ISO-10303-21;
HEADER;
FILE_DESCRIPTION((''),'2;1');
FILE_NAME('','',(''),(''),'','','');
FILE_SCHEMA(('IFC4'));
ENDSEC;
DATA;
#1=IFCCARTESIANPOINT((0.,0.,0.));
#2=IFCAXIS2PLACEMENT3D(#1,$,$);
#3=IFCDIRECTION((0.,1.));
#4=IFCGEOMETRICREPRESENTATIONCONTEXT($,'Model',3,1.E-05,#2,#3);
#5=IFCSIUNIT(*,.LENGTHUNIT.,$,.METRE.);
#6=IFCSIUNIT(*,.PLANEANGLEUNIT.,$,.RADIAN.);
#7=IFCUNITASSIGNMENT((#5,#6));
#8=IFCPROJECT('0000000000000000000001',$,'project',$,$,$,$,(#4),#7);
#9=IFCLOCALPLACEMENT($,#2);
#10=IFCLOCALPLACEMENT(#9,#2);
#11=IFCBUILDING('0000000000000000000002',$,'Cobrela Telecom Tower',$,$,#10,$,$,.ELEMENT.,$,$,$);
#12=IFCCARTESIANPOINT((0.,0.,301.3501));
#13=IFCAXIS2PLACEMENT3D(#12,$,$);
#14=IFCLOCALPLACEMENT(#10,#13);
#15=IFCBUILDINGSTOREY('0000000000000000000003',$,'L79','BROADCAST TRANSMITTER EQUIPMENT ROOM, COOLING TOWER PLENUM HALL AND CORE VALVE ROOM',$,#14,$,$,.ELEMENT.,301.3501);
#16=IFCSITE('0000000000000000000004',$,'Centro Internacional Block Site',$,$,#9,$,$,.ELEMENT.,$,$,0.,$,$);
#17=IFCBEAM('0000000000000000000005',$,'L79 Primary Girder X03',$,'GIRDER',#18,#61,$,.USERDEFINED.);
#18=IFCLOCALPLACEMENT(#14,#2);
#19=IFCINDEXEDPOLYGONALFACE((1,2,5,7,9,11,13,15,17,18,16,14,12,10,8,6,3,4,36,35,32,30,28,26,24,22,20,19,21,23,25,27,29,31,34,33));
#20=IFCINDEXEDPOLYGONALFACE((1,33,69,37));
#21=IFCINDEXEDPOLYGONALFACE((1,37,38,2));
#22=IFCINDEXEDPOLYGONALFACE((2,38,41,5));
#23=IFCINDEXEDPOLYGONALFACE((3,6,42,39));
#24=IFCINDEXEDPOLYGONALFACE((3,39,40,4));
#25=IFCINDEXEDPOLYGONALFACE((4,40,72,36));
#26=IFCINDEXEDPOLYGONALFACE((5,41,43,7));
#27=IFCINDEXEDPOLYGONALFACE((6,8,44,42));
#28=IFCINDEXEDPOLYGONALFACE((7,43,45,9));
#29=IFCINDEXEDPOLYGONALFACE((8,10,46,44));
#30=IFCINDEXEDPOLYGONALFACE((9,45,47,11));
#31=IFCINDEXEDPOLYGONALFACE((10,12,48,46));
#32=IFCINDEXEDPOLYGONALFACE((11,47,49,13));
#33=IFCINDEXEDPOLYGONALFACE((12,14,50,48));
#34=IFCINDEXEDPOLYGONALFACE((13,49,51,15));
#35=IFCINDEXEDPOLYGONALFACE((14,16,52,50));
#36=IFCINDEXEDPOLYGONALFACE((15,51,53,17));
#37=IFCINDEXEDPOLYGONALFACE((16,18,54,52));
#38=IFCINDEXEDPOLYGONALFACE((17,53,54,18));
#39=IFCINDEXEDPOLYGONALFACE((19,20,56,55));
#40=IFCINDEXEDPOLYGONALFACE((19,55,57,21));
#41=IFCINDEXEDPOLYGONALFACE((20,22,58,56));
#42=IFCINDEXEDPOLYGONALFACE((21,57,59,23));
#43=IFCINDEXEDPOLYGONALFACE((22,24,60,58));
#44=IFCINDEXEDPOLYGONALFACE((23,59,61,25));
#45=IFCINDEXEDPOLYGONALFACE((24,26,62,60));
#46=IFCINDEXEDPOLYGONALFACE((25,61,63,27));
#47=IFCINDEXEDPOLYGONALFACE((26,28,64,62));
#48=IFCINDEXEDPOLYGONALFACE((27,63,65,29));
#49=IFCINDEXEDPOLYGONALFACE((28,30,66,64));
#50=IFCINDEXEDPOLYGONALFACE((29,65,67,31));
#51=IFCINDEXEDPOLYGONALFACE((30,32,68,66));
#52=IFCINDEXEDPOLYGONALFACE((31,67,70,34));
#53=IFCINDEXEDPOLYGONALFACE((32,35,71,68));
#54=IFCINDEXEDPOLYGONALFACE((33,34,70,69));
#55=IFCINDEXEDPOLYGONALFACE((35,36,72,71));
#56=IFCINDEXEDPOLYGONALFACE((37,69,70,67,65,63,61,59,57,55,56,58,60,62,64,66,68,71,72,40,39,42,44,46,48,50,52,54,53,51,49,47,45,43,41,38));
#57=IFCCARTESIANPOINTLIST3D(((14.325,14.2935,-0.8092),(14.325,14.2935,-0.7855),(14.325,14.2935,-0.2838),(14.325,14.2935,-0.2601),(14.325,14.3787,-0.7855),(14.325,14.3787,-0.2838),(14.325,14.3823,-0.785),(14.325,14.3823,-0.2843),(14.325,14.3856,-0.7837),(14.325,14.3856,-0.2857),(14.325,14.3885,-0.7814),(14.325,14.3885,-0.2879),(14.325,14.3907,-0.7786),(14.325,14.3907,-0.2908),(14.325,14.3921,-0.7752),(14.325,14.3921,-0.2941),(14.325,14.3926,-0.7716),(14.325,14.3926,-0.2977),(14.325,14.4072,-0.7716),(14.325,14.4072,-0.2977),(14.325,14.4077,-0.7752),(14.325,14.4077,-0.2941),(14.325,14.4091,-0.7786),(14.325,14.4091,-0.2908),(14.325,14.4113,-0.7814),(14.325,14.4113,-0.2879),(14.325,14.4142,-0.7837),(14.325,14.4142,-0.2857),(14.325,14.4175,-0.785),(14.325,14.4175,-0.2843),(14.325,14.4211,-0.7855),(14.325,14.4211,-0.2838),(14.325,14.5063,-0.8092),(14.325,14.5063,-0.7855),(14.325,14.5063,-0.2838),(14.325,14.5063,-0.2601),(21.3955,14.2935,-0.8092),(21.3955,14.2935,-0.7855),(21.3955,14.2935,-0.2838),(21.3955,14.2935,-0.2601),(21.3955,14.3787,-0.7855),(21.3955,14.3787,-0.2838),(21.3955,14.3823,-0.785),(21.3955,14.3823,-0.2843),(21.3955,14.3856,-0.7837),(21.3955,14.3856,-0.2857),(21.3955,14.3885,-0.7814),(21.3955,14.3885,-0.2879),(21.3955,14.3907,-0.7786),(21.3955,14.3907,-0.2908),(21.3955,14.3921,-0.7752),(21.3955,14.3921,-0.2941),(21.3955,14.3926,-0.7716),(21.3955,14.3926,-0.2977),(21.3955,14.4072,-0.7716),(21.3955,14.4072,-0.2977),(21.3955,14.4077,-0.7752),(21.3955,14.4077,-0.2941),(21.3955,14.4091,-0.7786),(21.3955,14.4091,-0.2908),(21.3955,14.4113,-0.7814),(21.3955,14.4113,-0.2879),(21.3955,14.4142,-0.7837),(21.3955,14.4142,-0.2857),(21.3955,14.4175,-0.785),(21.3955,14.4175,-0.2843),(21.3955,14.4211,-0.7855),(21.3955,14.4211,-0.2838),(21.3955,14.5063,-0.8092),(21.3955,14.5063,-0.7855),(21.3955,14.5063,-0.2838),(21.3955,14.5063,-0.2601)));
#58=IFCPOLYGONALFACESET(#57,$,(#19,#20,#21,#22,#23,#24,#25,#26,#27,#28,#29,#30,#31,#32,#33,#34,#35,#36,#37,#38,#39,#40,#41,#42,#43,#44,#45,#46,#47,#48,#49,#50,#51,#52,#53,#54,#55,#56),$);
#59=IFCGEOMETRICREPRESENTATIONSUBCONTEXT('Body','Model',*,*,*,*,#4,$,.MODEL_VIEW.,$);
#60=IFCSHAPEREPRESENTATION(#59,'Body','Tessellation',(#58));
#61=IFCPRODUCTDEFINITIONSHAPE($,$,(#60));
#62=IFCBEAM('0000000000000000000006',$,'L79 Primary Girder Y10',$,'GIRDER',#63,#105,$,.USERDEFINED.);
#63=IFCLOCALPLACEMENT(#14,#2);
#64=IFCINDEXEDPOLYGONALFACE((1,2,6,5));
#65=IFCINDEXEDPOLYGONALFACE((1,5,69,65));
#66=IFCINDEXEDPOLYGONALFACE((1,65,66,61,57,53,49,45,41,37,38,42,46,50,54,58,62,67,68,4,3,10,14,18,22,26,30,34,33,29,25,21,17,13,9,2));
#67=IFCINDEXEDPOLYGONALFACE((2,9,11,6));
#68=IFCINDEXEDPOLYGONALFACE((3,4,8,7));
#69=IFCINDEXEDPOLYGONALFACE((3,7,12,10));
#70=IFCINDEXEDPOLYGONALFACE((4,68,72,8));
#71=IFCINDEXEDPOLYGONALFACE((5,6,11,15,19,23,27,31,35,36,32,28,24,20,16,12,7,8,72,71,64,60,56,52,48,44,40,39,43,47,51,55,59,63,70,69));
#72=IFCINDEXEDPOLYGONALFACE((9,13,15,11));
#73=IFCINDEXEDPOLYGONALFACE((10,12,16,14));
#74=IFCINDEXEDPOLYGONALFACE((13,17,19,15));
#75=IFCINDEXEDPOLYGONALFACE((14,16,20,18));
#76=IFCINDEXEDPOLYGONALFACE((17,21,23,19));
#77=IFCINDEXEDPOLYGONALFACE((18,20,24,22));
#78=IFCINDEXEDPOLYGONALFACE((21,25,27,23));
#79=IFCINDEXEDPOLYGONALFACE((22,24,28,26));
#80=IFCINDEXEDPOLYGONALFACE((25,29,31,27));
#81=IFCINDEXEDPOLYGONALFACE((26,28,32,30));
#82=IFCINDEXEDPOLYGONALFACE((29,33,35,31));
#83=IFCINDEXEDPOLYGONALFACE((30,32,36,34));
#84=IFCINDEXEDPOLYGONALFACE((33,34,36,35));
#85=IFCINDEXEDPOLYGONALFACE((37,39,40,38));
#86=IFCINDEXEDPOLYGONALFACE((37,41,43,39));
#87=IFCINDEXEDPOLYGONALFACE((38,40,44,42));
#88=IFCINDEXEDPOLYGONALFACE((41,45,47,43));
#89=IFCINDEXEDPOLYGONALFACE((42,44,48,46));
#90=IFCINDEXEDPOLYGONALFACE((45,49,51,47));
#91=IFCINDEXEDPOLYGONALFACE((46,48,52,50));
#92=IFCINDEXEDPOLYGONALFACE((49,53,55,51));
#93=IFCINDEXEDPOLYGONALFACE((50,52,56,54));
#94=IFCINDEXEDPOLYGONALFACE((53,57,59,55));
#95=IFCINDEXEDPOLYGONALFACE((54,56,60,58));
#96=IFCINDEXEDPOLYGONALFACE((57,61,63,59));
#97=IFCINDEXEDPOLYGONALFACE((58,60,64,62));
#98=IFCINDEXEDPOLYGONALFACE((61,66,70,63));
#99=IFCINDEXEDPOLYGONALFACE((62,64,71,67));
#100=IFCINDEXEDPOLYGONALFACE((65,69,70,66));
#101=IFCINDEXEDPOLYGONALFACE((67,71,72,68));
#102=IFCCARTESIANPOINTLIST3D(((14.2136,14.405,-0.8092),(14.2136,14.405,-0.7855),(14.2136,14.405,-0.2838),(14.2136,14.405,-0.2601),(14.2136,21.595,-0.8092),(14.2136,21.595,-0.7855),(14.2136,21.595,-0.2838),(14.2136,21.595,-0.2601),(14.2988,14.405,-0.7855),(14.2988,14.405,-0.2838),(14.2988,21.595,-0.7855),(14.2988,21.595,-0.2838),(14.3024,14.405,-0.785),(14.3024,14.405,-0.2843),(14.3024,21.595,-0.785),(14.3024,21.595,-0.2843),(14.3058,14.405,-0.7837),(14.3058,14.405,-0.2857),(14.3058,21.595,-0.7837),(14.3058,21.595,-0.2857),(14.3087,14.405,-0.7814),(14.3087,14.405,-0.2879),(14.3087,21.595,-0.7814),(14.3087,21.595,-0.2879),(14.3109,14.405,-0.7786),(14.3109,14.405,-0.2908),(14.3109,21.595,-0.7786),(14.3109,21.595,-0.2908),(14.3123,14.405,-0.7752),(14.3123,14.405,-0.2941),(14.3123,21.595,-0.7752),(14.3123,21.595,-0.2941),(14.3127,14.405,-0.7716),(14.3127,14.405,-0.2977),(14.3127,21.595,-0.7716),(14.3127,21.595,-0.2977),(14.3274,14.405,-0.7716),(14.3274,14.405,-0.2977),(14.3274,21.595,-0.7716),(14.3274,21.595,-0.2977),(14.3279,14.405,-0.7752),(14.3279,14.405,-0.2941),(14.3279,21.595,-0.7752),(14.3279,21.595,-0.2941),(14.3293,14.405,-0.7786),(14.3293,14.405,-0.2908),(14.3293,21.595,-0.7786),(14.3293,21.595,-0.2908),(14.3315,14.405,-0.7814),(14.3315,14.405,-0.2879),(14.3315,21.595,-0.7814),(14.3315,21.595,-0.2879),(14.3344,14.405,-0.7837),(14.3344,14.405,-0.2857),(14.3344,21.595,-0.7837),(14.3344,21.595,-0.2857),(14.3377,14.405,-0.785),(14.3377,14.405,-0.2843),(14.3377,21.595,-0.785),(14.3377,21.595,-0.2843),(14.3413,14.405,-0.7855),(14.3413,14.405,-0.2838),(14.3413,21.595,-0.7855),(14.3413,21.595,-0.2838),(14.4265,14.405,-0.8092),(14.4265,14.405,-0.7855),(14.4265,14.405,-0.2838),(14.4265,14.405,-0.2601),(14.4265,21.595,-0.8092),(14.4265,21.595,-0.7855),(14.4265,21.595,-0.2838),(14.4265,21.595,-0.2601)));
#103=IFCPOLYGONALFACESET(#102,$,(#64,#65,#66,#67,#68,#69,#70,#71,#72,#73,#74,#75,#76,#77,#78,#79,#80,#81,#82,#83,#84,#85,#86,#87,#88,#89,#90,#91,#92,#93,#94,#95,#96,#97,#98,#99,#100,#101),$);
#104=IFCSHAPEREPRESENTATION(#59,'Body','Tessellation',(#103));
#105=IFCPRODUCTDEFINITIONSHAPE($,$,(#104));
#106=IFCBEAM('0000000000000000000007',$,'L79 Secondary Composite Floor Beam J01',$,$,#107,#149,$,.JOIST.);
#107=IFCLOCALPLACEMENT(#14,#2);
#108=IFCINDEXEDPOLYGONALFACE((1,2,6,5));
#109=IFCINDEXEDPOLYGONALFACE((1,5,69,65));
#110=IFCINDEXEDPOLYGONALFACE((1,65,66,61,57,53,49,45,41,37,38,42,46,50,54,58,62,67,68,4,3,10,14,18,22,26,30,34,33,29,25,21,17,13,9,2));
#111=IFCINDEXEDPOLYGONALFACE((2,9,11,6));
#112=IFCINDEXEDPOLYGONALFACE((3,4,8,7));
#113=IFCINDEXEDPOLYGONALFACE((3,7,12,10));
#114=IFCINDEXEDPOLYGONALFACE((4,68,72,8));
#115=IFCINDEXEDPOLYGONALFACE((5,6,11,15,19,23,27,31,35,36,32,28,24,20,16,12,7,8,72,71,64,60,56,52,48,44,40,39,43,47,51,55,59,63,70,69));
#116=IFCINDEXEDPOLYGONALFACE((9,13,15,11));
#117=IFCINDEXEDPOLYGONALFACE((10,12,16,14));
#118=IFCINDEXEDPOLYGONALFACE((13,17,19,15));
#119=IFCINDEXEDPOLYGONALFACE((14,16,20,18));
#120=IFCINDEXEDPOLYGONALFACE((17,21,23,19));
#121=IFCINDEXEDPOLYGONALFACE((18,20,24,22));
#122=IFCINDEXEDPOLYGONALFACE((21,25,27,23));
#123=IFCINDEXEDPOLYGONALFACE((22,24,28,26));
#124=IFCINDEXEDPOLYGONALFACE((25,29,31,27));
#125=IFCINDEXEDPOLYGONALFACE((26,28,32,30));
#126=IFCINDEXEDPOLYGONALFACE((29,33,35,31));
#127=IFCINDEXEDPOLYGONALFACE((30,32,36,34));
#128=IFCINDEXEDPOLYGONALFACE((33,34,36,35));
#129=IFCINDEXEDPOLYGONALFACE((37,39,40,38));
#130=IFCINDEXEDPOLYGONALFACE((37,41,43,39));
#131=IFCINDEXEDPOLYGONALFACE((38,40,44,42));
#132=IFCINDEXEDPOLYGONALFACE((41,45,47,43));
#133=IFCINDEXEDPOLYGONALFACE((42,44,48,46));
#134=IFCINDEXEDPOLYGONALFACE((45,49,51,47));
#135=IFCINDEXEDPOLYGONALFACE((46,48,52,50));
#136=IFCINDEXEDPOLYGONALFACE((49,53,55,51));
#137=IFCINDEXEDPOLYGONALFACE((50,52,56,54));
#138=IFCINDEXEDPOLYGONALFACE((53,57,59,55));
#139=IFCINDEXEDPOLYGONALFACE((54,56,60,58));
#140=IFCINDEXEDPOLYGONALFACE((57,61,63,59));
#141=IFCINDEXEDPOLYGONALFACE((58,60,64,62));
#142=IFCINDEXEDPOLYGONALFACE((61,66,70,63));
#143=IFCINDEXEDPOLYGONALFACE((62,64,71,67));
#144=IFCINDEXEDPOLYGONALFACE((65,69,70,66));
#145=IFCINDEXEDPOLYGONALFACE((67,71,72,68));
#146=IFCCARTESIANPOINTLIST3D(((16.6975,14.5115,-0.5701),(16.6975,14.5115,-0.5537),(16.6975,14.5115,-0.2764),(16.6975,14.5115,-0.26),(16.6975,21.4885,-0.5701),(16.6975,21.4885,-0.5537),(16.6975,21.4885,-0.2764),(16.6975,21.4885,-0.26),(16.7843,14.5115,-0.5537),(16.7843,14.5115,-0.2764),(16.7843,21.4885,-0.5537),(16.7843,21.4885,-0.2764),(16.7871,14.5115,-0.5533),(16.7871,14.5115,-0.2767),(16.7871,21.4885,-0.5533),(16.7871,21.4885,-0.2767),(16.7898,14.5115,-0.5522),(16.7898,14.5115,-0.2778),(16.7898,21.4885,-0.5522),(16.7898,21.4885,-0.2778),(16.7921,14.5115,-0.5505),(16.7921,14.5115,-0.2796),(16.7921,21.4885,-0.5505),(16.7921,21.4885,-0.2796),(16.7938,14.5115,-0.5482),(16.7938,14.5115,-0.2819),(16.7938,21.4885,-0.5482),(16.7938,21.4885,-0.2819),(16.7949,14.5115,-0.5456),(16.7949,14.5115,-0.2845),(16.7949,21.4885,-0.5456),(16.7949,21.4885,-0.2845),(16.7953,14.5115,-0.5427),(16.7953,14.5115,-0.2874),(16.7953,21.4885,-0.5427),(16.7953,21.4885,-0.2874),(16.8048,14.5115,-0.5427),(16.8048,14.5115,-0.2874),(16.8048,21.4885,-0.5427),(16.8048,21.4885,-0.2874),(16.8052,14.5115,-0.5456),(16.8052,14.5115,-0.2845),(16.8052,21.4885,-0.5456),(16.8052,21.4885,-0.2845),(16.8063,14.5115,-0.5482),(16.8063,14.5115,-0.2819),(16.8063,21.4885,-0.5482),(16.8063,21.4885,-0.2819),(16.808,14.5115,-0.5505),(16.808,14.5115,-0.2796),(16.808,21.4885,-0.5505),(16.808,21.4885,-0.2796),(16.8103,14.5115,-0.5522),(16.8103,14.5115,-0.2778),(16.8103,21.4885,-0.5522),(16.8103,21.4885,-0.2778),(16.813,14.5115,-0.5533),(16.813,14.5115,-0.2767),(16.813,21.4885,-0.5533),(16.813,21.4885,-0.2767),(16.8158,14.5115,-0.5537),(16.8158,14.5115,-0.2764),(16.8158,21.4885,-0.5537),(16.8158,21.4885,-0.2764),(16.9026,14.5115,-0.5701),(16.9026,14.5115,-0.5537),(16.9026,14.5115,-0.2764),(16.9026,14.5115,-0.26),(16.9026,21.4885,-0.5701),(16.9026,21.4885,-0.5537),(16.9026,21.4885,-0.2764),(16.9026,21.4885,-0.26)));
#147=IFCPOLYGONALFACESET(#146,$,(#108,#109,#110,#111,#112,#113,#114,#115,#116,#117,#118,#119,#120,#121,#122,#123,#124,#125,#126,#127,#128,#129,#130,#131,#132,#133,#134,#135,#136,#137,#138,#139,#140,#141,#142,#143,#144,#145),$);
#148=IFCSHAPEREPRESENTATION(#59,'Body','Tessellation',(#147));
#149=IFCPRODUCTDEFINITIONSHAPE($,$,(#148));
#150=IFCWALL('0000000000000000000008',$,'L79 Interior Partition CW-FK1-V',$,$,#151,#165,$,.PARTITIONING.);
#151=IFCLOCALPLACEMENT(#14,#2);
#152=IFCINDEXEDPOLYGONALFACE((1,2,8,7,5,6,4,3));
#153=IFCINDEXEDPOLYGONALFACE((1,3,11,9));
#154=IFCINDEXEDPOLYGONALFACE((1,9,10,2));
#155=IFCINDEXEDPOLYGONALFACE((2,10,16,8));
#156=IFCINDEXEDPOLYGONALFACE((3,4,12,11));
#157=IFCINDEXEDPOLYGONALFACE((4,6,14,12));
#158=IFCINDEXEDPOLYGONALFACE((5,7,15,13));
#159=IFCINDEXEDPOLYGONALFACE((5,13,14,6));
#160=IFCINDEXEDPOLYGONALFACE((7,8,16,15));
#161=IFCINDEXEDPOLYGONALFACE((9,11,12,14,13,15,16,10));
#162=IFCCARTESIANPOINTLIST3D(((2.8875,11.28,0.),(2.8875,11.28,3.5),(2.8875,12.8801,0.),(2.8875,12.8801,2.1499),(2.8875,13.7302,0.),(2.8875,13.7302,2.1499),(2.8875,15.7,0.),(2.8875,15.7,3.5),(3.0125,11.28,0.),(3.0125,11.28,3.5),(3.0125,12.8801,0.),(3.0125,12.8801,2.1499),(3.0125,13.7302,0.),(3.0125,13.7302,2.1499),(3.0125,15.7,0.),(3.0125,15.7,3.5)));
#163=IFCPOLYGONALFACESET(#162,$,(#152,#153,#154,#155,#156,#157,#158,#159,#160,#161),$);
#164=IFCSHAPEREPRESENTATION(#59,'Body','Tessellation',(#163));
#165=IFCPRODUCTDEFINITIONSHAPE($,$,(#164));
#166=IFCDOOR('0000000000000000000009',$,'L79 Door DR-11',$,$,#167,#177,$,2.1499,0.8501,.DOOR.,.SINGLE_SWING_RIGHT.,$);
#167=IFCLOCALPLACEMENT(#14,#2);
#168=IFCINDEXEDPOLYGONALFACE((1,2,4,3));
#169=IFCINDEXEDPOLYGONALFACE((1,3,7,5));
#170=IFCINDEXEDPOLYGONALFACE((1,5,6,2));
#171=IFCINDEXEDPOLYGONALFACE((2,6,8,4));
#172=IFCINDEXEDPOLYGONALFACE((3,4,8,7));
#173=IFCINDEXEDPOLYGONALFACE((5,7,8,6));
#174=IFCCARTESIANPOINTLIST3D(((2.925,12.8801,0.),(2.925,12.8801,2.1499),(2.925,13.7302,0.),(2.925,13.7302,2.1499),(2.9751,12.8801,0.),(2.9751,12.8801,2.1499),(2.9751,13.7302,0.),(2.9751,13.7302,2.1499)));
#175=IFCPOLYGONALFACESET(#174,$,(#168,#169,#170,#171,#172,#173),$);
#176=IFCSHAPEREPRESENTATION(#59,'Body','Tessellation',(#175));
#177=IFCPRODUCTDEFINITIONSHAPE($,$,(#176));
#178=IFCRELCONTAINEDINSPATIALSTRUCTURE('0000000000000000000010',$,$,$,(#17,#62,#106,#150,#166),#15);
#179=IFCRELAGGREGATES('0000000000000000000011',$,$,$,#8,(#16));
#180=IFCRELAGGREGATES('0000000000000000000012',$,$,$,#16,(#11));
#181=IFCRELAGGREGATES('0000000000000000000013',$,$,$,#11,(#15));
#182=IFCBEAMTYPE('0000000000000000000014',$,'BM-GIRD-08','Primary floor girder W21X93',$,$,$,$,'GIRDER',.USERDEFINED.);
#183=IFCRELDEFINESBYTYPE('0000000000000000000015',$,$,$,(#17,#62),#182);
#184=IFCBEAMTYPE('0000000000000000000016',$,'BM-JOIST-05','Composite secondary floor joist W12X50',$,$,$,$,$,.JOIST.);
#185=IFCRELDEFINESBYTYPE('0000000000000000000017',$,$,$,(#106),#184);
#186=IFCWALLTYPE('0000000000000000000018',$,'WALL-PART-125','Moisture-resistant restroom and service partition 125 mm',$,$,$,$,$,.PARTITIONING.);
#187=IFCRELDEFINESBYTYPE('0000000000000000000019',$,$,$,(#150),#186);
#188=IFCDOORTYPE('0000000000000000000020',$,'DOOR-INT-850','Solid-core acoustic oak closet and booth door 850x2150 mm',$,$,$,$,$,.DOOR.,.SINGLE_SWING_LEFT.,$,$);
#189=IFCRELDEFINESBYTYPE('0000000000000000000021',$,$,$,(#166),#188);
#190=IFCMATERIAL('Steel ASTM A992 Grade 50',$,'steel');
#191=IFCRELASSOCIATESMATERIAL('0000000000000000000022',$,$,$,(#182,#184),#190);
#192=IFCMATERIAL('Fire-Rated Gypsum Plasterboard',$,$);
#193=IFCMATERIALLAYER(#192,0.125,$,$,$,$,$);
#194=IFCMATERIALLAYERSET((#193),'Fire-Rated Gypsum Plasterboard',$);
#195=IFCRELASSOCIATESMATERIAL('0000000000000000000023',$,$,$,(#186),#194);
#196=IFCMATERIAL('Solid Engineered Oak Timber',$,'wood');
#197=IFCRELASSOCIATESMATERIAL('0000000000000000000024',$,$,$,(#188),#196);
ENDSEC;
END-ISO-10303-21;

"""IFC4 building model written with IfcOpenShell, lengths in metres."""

from ifc_helpers import new_model, si_unit, direction, frame, frame_2d, origin, origin_2d, place, context, subcontext, project, spatial, rectangle, i_section, extrude, material, layer, layer_set, material_profile, profile_set, type_object, element, fill, save


model = new_model("IFC4")

# Units and contexts
model_context = context("Model", 3, precision=1e-05, world=origin(), true_north=direction((0.0, 1.0)))
body_context = subcontext(model_context, "Body", "Model", "MODEL_VIEW")
ifc_project = project(units=[si_unit("LENGTHUNIT", "METRE"), si_unit("PLANEANGLEUNIT", "RADIAN")], contexts=[model_context])

# Site, building, storey
site_placement = place(None, origin())
site = spatial("IfcSite", under=ifc_project, at=site_placement, Name="Centro Internacional Block Site", CompositionType="ELEMENT", RefElevation=0.0)
building_placement = place(site_placement, origin())
building = spatial("IfcBuilding", under=site, at=building_placement, Name="Cobrela Telecom Tower", CompositionType="ELEMENT")
storey_placement = place(building_placement, frame((0.0, 0.0, 301.3501)))
storey = spatial("IfcBuildingStorey", under=building, at=storey_placement, Name="L79", Description="BROADCAST TRANSMITTER EQUIPMENT ROOM, COOLING TOWER PLENUM HALL AND CORE VALVE ROOM", CompositionType="ELEMENT", Elevation=301.3501)

# Beams
ifc_material_1 = material(Name="Steel ASTM A992 Grade 50", Category="steel")
ifc_material_profile_1 = material_profile(ifc_material_1, i_section(OverallWidth=0.2129, OverallDepth=0.5491, WebThickness=0.0146, FlangeThickness=0.0237, FilletRadius=0.0139, at=origin_2d()), Name="W21X93")
ifc_profile_set_1 = profile_set([ifc_material_profile_1], Name="Steel ASTM A992 Grade 50")
beam_type_1 = type_object("IfcBeamType", Name="BM-GIRD-08", Description="Primary floor girder W21X93", ElementType="GIRDER", PredefinedType="USERDEFINED", material=ifc_profile_set_1)
beam_1_placement = place(storey_placement, frame((14.325, 14.3999, -0.5347), z_axis=(1.0, 0.0, 0.0), x_axis=(0.0, 1.0, 0.0)))
element("IfcBeam", 1, at=beam_1_placement, inside=storey, type_object=beam_type_1, Name="L79 Primary Girder X03", ObjectType="GIRDER", PredefinedType="USERDEFINED", context=body_context, shape_type="SweptSolid", body=[
    extrude(i_section(OverallWidth=0.2129, OverallDepth=0.5491, WebThickness=0.0146, FlangeThickness=0.0237, FilletRadius=0.0139, at=origin_2d()), origin(), (0.0, 0.0, 1.0), 7.0706),
])
beam_2_placement = place(storey_placement, frame((14.3201, 14.405, -0.5347), z_axis=(0.0, 1.0, 0.0), x_axis=(-1.0, 0.0, 0.0)))
element("IfcBeam", 2, at=beam_2_placement, inside=storey, type_object=beam_type_1, Name="L79 Primary Girder Y10", ObjectType="GIRDER", PredefinedType="USERDEFINED", context=body_context, shape_type="SweptSolid", body=[
    extrude(i_section(OverallWidth=0.2129, OverallDepth=0.5491, WebThickness=0.0146, FlangeThickness=0.0237, FilletRadius=0.0139, at=origin_2d()), origin(), (0.0, 0.0, 1.0), 7.1899),
])
ifc_material_profile_2 = material_profile(ifc_material_1, i_section(OverallWidth=0.2051, OverallDepth=0.3101, WebThickness=0.0095, FlangeThickness=0.0164, FilletRadius=0.011, at=origin_2d()), Name="W12X50")
ifc_profile_set_2 = profile_set([ifc_material_profile_2], Name="Steel ASTM A992 Grade 50")
beam_type_2 = type_object("IfcBeamType", Name="BM-JOIST-05", Description="Composite secondary floor joist W12X50", PredefinedType="JOIST", material=ifc_profile_set_2)
beam_3_placement = place(storey_placement, frame((16.8, 14.5115, -0.415), z_axis=(0.0, 1.0, 0.0), x_axis=(-1.0, 0.0, 0.0)))
element("IfcBeam", 3, at=beam_3_placement, inside=storey, type_object=beam_type_2, Name="L79 Secondary Composite Floor Beam J01", PredefinedType="JOIST", context=body_context, shape_type="SweptSolid", body=[
    extrude(i_section(OverallWidth=0.2051, OverallDepth=0.3101, WebThickness=0.0095, FlangeThickness=0.0164, FilletRadius=0.011, at=origin_2d()), origin(), (0.0, 0.0, 1.0), 6.9771),
])

# Wall, opening, door
ifc_material_2 = material(Name="Fire-Rated Gypsum Plasterboard")
ifc_layer_1 = layer(ifc_material_2, 0.125)
ifc_layer_set_1 = layer_set([ifc_layer_1], Name="Fire-Rated Gypsum Plasterboard")
wall_type_1 = type_object("IfcWallType", Name="WALL-PART-125", Description="Moisture-resistant restroom and service partition 125 mm", PredefinedType="PARTITIONING", material=ifc_layer_set_1)
wall_1_placement = place(storey_placement, frame((2.95, 11.28, 0.0), z_axis=(0.0, 0.0, 1.0), x_axis=(0.0, 1.0, 0.0)))
wall_1 = element("IfcWall", 4, at=wall_1_placement, inside=storey, type_object=wall_type_1, Name="L79 Interior Partition CW-FK1-V", PredefinedType="PARTITIONING", context=body_context, shape_type="SweptSolid", body=[
    extrude(rectangle(XDim=4.4199, YDim=0.125, at=frame_2d((2.21, 0.0))), origin(), (0.0, 0.0, 1.0), 3.5),
])
opening_1_placement = place(wall_1_placement, frame((1.6001, 0.0, 0.0)))
opening_1 = element("IfcOpeningElement", 5, at=opening_1_placement, cuts=wall_1, PredefinedType="OPENING", context=body_context, shape_type="SweptSolid", body=[
    extrude(rectangle(XDim=0.8501, YDim=2.1499, at=frame_2d((0.425, 1.075))), frame((0.0, 0.0745, 0.0), z_axis=(0.0, -1.0, 0.0), x_axis=(1.0, 0.0, 0.0)), (0.0, 0.0, 1.0), 0.1489),
])
ifc_material_3 = material(Name="Solid Engineered Oak Timber", Category="wood")
door_type_1 = type_object("IfcDoorType", Name="DOOR-INT-850", Description="Solid-core acoustic oak closet and booth door 850x2150 mm", OperationType="SINGLE_SWING_LEFT", PredefinedType="DOOR", material=ifc_material_3)
door_1_placement = place(opening_1_placement, origin())
door_1 = element("IfcDoor", 6, at=door_1_placement, inside=storey, type_object=door_type_1, Name="L79 Door DR-11", OperationType="SINGLE_SWING_RIGHT", OverallHeight=2.1499, OverallWidth=0.8501, PredefinedType="DOOR", context=body_context, shape_type="SweptSolid", body=[
    extrude(rectangle(XDim=0.8501, YDim=2.1499, at=frame_2d((0.425, 1.075))), frame((0.0, 0.0249, 0.0), z_axis=(0.0, -1.0, 0.0), x_axis=(1.0, 0.0, 0.0)), (0.0, 0.0, 1.0), 0.05),
])
fill(opening_1, door_1)

save(model, "model.ifc")
